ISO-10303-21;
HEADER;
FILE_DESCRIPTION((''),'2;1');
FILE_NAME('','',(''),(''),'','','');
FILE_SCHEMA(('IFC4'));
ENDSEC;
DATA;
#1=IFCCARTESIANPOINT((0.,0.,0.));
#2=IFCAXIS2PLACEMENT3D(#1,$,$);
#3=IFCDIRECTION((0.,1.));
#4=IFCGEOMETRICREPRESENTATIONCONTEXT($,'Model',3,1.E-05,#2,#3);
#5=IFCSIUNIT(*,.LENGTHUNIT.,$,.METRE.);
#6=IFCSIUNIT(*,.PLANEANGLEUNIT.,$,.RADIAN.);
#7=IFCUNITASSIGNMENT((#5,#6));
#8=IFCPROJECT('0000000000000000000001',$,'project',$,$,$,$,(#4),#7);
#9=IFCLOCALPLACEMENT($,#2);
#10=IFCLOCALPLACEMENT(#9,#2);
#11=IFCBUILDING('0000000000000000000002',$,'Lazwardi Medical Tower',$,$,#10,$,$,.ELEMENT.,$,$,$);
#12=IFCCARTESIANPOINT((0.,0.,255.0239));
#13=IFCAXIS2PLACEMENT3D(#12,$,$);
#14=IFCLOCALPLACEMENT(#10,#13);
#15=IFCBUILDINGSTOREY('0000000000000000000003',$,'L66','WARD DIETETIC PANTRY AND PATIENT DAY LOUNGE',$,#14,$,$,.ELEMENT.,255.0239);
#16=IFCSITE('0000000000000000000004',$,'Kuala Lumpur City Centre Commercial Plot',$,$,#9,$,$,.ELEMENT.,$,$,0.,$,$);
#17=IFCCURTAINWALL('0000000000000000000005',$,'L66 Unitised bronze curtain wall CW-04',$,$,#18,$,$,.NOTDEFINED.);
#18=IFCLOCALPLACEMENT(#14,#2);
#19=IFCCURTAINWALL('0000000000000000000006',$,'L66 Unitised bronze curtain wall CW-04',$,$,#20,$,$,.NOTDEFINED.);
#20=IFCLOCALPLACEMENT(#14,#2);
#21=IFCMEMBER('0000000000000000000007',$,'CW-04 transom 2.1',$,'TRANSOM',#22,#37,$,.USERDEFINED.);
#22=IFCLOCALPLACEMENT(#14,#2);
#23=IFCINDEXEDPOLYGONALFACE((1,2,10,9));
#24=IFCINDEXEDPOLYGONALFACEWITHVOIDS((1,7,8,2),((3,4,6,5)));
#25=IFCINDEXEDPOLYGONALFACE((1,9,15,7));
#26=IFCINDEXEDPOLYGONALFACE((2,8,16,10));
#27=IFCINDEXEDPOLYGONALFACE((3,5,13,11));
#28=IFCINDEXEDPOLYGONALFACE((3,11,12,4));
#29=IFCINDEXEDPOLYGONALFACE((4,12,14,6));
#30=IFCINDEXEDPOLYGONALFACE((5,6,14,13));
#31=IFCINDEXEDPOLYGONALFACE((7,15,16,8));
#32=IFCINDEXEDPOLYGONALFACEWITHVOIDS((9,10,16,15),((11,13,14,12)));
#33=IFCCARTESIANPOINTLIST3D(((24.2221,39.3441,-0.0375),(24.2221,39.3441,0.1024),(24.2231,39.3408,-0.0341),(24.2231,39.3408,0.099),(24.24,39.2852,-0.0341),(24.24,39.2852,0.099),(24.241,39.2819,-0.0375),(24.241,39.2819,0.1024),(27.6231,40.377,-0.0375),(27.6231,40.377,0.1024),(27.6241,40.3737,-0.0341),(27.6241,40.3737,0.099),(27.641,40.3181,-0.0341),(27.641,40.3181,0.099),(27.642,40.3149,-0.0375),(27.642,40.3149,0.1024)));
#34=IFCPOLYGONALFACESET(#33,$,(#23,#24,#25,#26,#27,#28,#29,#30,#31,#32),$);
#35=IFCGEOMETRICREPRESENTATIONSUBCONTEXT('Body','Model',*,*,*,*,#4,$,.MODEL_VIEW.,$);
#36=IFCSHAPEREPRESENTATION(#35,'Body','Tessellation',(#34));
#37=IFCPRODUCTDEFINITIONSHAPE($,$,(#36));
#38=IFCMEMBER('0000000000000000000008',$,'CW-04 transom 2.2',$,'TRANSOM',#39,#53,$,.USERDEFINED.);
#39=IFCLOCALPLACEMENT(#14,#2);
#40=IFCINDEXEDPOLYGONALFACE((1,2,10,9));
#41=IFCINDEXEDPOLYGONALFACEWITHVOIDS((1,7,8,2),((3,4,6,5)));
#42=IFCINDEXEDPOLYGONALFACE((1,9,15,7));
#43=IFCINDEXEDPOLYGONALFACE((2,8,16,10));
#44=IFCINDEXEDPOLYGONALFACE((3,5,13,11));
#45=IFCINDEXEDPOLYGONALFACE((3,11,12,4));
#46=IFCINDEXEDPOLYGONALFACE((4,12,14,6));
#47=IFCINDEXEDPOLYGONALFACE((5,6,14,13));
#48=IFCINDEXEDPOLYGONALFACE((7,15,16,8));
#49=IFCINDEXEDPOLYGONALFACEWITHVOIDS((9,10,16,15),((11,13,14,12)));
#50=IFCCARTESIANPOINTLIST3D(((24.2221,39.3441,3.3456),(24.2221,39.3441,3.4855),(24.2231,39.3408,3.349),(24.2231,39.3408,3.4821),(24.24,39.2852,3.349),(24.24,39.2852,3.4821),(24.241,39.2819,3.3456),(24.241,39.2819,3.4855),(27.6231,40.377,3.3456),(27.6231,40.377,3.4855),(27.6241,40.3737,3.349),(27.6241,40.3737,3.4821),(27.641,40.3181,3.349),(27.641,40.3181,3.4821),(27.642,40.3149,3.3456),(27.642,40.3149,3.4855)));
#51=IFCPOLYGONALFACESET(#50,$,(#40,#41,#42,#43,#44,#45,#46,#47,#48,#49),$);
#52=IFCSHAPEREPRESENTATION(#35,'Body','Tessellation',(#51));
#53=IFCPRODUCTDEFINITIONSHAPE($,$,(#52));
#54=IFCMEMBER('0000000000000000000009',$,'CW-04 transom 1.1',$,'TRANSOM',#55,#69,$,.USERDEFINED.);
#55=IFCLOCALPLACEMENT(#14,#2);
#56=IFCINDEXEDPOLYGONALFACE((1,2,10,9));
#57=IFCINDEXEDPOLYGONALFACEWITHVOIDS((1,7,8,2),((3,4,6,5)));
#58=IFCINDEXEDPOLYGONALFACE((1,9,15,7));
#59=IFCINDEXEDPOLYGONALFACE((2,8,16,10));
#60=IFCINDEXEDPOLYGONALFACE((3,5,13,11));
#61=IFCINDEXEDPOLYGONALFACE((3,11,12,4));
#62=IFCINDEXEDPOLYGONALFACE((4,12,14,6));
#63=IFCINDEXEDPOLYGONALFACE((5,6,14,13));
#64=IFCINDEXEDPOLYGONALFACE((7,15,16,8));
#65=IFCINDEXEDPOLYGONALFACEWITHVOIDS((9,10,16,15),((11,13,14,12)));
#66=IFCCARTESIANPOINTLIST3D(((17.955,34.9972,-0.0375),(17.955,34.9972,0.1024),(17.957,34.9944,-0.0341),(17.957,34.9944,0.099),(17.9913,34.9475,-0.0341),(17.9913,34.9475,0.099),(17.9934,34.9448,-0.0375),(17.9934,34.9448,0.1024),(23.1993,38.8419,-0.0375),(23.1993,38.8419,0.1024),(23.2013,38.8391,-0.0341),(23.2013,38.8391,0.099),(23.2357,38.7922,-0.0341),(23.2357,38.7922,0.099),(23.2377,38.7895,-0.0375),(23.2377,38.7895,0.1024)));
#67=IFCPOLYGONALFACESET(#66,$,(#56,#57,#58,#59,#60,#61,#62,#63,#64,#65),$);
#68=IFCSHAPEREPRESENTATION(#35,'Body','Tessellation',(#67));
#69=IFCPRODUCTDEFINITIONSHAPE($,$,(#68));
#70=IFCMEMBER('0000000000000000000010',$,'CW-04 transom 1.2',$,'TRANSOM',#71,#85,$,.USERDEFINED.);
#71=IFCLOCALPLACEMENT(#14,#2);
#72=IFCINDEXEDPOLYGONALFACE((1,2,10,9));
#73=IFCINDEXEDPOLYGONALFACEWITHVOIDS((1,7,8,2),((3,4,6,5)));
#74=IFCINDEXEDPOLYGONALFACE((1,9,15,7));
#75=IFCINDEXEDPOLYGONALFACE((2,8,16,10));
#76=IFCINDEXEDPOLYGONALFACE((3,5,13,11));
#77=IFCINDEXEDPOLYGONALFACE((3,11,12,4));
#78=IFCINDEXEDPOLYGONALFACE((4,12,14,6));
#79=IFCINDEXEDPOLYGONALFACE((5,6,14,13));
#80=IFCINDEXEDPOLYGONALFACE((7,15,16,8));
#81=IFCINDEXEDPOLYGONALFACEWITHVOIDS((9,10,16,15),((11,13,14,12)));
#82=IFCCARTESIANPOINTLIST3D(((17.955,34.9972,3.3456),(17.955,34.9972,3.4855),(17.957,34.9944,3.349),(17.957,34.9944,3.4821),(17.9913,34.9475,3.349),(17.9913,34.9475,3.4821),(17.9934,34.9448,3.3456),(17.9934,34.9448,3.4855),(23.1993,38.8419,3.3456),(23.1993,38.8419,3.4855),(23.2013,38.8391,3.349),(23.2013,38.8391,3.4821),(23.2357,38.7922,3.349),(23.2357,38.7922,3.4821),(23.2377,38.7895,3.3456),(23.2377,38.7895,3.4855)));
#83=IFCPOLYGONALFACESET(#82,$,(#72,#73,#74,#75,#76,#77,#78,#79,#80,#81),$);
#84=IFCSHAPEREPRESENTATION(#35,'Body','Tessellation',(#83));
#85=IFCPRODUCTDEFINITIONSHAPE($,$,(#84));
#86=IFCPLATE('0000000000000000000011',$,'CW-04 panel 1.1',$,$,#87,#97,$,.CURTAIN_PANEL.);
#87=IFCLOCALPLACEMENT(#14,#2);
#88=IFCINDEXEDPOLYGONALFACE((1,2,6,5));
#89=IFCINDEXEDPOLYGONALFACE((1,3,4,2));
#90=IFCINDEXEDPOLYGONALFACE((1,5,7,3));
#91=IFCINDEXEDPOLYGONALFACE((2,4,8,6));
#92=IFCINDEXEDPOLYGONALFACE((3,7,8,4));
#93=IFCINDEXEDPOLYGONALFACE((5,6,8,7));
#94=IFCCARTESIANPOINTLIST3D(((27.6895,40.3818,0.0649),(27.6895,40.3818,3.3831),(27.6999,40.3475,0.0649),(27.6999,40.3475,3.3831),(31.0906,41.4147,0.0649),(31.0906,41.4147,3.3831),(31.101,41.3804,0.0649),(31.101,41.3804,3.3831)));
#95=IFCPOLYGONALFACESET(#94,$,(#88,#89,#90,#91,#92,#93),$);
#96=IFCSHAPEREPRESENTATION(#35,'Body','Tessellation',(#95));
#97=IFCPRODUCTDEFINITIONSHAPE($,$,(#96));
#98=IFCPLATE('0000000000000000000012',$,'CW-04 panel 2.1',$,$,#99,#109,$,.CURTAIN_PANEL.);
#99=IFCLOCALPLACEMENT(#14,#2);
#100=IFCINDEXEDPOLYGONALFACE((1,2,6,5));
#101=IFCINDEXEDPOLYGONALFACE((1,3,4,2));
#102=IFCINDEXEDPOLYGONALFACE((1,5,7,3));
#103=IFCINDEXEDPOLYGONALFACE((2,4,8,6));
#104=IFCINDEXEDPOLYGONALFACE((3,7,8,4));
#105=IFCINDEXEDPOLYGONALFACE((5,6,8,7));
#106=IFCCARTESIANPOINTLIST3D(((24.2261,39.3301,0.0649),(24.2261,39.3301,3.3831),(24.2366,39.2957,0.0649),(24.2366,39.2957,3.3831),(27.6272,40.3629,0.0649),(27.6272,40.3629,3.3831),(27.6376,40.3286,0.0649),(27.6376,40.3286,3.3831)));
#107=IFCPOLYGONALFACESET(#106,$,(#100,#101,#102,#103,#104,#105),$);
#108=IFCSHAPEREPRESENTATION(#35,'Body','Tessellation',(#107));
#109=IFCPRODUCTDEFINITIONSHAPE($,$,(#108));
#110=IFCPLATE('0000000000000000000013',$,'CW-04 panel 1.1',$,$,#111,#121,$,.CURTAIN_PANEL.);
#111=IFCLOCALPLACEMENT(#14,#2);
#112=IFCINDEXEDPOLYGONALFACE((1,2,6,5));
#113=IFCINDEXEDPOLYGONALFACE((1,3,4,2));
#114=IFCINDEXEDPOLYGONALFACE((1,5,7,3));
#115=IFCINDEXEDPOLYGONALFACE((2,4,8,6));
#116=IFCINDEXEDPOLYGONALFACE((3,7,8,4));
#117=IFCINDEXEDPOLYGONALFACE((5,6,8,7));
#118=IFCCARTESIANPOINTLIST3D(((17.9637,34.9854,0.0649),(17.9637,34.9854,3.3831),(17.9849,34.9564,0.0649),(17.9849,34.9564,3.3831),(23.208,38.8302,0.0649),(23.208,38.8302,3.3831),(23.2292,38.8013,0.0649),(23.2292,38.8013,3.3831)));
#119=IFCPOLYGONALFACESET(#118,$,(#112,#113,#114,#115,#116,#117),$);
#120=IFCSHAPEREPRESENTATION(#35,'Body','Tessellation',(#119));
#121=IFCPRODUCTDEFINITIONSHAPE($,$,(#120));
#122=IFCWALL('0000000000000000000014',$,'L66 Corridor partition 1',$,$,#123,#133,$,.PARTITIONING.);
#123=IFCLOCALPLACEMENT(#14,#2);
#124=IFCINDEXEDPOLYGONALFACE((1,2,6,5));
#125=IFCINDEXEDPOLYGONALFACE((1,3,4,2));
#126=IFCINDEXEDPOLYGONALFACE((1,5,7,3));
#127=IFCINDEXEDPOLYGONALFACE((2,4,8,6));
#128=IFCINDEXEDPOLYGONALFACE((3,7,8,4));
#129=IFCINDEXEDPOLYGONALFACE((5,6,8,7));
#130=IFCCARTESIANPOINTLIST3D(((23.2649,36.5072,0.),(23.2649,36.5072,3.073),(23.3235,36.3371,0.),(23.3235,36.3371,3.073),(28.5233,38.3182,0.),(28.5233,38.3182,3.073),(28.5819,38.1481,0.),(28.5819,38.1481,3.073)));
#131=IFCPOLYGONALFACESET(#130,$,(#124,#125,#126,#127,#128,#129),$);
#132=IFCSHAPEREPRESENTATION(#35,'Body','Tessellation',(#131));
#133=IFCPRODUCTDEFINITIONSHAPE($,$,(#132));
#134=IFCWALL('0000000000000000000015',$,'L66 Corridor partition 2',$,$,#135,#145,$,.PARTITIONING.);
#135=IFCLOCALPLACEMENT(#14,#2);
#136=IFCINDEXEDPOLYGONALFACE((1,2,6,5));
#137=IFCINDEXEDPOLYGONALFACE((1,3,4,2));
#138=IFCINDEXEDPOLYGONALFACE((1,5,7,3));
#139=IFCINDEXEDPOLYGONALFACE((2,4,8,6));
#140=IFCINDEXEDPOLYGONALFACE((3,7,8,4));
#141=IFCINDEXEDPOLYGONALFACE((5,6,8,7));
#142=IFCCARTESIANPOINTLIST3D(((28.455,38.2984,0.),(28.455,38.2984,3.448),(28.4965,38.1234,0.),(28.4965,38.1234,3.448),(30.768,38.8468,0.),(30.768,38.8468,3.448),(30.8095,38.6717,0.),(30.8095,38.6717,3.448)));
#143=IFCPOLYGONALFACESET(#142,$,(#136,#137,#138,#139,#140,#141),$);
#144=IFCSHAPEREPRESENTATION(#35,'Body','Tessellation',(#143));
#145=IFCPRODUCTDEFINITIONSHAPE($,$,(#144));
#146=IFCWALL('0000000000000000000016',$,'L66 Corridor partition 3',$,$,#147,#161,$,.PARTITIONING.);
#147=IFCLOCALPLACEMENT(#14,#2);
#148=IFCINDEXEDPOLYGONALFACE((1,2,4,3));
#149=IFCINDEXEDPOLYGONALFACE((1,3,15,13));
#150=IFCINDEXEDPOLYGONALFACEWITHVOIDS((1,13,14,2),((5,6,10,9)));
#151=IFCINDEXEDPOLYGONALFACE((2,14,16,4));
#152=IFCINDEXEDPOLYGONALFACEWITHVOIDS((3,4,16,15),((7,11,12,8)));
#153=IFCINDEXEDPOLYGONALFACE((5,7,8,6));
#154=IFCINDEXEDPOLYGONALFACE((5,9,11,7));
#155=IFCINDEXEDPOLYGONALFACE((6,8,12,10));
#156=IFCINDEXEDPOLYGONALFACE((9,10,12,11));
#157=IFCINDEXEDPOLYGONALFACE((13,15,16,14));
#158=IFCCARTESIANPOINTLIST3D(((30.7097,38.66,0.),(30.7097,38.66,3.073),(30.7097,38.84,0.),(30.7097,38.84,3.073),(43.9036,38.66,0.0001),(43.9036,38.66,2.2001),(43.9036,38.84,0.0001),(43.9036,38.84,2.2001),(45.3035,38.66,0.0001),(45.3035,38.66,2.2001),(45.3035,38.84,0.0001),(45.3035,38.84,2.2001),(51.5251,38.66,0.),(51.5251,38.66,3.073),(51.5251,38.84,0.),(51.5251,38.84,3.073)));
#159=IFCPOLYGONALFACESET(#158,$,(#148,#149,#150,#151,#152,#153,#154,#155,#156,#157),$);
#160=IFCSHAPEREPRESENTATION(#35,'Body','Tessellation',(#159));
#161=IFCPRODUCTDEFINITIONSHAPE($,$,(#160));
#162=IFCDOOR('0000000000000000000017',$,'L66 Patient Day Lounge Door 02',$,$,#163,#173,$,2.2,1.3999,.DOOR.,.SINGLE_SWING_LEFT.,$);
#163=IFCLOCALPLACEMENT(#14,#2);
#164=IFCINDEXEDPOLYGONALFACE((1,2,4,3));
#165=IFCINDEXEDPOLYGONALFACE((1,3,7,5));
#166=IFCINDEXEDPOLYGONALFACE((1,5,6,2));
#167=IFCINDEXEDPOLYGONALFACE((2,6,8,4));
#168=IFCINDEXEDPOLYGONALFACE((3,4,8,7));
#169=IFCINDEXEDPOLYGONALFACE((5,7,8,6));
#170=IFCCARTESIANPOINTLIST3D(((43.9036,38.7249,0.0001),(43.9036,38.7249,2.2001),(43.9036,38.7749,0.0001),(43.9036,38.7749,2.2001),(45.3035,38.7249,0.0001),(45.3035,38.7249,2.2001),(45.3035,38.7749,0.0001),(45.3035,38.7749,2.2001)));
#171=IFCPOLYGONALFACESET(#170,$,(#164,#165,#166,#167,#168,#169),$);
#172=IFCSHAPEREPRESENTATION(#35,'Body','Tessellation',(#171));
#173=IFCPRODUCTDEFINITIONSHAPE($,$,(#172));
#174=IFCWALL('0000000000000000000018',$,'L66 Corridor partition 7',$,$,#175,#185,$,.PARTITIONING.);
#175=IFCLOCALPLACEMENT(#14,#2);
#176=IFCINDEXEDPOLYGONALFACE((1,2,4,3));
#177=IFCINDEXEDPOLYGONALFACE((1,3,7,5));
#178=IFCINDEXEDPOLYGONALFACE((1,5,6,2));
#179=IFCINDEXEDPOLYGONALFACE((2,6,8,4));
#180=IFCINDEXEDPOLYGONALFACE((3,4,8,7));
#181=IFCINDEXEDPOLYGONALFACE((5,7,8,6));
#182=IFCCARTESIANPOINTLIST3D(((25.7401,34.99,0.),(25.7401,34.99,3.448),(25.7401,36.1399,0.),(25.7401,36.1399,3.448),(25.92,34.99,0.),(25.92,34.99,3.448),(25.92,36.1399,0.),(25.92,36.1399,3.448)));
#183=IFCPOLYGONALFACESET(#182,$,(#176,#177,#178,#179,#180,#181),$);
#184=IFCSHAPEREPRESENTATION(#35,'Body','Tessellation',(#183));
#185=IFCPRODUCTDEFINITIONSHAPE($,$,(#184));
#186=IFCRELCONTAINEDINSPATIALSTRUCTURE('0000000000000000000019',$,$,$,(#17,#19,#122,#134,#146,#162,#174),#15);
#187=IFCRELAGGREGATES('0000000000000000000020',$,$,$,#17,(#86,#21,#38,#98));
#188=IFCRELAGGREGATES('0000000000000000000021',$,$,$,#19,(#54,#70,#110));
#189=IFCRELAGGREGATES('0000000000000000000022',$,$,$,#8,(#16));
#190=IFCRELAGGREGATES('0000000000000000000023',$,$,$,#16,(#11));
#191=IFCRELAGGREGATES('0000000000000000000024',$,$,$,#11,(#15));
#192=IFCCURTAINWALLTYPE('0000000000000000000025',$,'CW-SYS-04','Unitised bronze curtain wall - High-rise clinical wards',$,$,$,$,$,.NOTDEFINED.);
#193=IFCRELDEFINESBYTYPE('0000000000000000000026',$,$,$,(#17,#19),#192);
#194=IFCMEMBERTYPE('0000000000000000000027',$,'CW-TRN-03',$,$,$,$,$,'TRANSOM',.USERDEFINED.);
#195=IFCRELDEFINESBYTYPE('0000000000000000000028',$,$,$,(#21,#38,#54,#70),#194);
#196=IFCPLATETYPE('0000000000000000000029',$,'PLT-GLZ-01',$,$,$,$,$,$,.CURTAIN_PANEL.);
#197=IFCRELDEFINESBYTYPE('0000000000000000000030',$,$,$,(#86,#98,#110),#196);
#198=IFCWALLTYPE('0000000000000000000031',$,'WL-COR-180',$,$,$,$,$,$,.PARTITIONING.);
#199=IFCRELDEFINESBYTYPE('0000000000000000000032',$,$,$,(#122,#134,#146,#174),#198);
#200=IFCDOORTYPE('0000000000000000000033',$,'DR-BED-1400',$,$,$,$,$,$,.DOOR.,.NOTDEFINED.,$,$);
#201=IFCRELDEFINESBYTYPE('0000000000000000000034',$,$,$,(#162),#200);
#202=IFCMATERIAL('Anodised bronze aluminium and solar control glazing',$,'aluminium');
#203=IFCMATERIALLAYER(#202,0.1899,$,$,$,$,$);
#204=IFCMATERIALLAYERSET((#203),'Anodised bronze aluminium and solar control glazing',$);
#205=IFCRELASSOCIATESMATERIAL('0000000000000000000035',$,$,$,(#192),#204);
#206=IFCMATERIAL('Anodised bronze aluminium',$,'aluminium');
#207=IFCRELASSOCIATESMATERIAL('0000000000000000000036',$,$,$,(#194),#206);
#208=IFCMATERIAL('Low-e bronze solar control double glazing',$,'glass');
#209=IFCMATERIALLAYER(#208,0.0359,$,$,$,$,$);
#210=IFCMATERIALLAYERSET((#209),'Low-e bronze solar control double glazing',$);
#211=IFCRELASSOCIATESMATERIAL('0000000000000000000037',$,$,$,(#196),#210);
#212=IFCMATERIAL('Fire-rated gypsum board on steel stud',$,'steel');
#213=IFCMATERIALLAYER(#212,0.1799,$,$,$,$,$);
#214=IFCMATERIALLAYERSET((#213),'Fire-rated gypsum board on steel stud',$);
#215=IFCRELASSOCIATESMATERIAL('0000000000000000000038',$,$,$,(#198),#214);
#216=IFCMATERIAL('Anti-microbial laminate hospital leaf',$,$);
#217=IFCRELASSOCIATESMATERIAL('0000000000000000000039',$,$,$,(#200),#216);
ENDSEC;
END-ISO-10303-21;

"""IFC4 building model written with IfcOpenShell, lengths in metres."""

from ifc_helpers import new_model, si_unit, direction, frame, frame_2d, origin, origin_2d, place, context, subcontext, project, spatial, rectangle, hollow_rectangle, extrude, material, layer, layer_set, material_profile, profile_set, type_object, element, fill, aggregate, save


model = new_model("IFC4")

# Units and contexts
model_context = context("Model", 3, precision=1e-05, world=origin(), true_north=direction((0.0, 1.0)))
body_context = subcontext(model_context, "Body", "Model", "MODEL_VIEW")
ifc_project = project(units=[si_unit("LENGTHUNIT", "METRE"), si_unit("PLANEANGLEUNIT", "RADIAN")], contexts=[model_context])

# Site, building, storey
site_placement = place(None, origin())
site = spatial("IfcSite", under=ifc_project, at=site_placement, Name="Kuala Lumpur City Centre Commercial Plot", CompositionType="ELEMENT", RefElevation=0.0)
building_placement = place(site_placement, origin())
building = spatial("IfcBuilding", under=site, at=building_placement, Name="Lazwardi Medical Tower", CompositionType="ELEMENT")
storey_placement = place(building_placement, frame((0.0, 0.0, 255.0239)))
storey = spatial("IfcBuildingStorey", under=building, at=storey_placement, Name="L66", Description="WARD DIETETIC PANTRY AND PATIENT DAY LOUNGE", CompositionType="ELEMENT", Elevation=255.0239)

# Curtain wall
ifc_material_1 = material(Name="Anodised bronze aluminium and solar control glazing", Category="aluminium")
ifc_layer_1 = layer(ifc_material_1, 0.1899)
ifc_layer_set_1 = layer_set([ifc_layer_1], Name="Anodised bronze aluminium and solar control glazing")
curtain_wall_type = type_object("IfcCurtainWallType", Name="CW-SYS-04", Description="Unitised bronze curtain wall - High-rise clinical wards", PredefinedType="NOTDEFINED", material=ifc_layer_set_1)
curtain_wall_1_placement = place(storey_placement, origin())
curtain_wall_1 = element("IfcCurtainWall", 1, at=curtain_wall_1_placement, inside=storey, type_object=curtain_wall_type, Name="L66 Unitised bronze curtain wall CW-04", PredefinedType="NOTDEFINED")
ifc_material_2 = material(Name="Anodised bronze aluminium", Category="aluminium")

# Curtain wall
curtain_wall_2_placement = place(storey_placement, origin())
curtain_wall_2 = element("IfcCurtainWall", 2, at=curtain_wall_2_placement, inside=storey, type_object=curtain_wall_type, Name="L66 Unitised bronze curtain wall CW-04", PredefinedType="NOTDEFINED")

# Members
ifc_material_profile_1 = material_profile(ifc_material_2, hollow_rectangle(XDim=0.0649, YDim=0.1399, WallThickness=0.0034, at=origin_2d()), Name="ALU-TRANSOM 140x65x3.5")
ifc_profile_set_1 = profile_set([ifc_material_profile_1], Name="Anodised bronze aluminium")
member_type_1 = type_object("IfcMemberType", Name="CW-TRN-03", ElementType="TRANSOM", PredefinedType="USERDEFINED", material=ifc_profile_set_1)
member_1_placement = place(storey_placement, frame((27.6326, 40.3459, 0.0325), z_axis=(-0.956843, -0.290604, 0.0), x_axis=(0.290604, -0.956843, 0.0)))
member_1 = element("IfcMember", 3, at=member_1_placement, type_object=member_type_1, Name="CW-04 transom 2.1", ObjectType="TRANSOM", PredefinedType="USERDEFINED", context=body_context, shape_type="SweptSolid", body=[
    extrude(hollow_rectangle(XDim=0.0649, YDim=0.1399, WallThickness=0.0034, at=origin_2d()), origin(), (0.0, 0.0, 1.0), 3.5544),
])
member_2_placement = place(storey_placement, frame((27.6326, 40.3459, 3.4155), z_axis=(-0.956843, -0.290604, 0.0), x_axis=(0.290604, -0.956843, 0.0)))
member_2 = element("IfcMember", 4, at=member_2_placement, type_object=member_type_1, Name="CW-04 transom 2.2", ObjectType="TRANSOM", PredefinedType="USERDEFINED", context=body_context, shape_type="SweptSolid", body=[
    extrude(hollow_rectangle(XDim=0.0649, YDim=0.1399, WallThickness=0.0034, at=origin_2d()), origin(), (0.0, 0.0, 1.0), 3.5544),
])
member_3_placement = place(storey_placement, frame((23.2185, 38.8157, 0.0325), z_axis=(-0.80649, -0.591248, 0.0), x_axis=(0.591248, -0.80649, 0.0)))
member_3 = element("IfcMember", 5, at=member_3_placement, type_object=member_type_1, Name="CW-04 transom 1.1", ObjectType="TRANSOM", PredefinedType="USERDEFINED", context=body_context, shape_type="SweptSolid", body=[
    extrude(hollow_rectangle(XDim=0.0649, YDim=0.1399, WallThickness=0.0034, at=origin_2d()), origin(), (0.0, 0.0, 1.0), 6.5027),
])
member_4_placement = place(storey_placement, frame((23.2185, 38.8157, 3.4155), z_axis=(-0.80649, -0.591248, 0.0), x_axis=(0.591248, -0.80649, 0.0)))
member_4 = element("IfcMember", 6, at=member_4_placement, type_object=member_type_1, Name="CW-04 transom 1.2", ObjectType="TRANSOM", PredefinedType="USERDEFINED", context=body_context, shape_type="SweptSolid", body=[
    extrude(hollow_rectangle(XDim=0.0649, YDim=0.1399, WallThickness=0.0034, at=origin_2d()), origin(), (0.0, 0.0, 1.0), 6.5027),
])

# Plates
ifc_material_3 = material(Name="Low-e bronze solar control double glazing", Category="glass")
ifc_layer_2 = layer(ifc_material_3, 0.0359)
ifc_layer_set_2 = layer_set([ifc_layer_2], Name="Low-e bronze solar control double glazing")
plate_type = type_object("IfcPlateType", Name="PLT-GLZ-01", PredefinedType="CURTAIN_PANEL", material=ifc_layer_set_2)
plate_1_placement = place(storey_placement, frame((29.3953, 40.8811, 0.0649), z_axis=(0.0, 0.0, 1.0), x_axis=(-0.95685, -0.290582, 0.0)))
plate_1 = element("IfcPlate", 7, at=plate_1_placement, type_object=plate_type, Name="CW-04 panel 1.1", PredefinedType="CURTAIN_PANEL", context=body_context, shape_type="SweptSolid", body=[
    extrude(rectangle(XDim=3.5544, YDim=0.0359, at=origin_2d()), origin(), (0.0, 0.0, 1.0), 3.3181),
])
plate_2_placement = place(storey_placement, frame((25.9319, 39.8293, 0.0649), z_axis=(0.0, 0.0, 1.0), x_axis=(-0.95685, -0.290582, 0.0)))
plate_2 = element("IfcPlate", 8, at=plate_2_placement, type_object=plate_type, Name="CW-04 panel 2.1", PredefinedType="CURTAIN_PANEL", context=body_context, shape_type="SweptSolid", body=[
    extrude(rectangle(XDim=3.5544, YDim=0.0359, at=origin_2d()), origin(), (0.0, 0.0, 1.0), 3.3181),
])
aggregate(curtain_wall_1, [plate_1, member_1, member_2, plate_2])
plate_3_placement = place(storey_placement, frame((20.5964, 36.8933, 0.0649), z_axis=(0.0, 0.0, 1.0), x_axis=(-0.806475, -0.591268, 0.0)))
plate_3 = element("IfcPlate", 9, at=plate_3_placement, type_object=plate_type, Name="CW-04 panel 1.1", PredefinedType="CURTAIN_PANEL", context=body_context, shape_type="SweptSolid", body=[
    extrude(rectangle(XDim=6.5027, YDim=0.0359, at=origin_2d()), origin(), (0.0, 0.0, 1.0), 3.3181),
])
aggregate(curtain_wall_2, [member_3, member_4, plate_3])

# Walls
ifc_material_4 = material(Name="Fire-rated gypsum board on steel stud", Category="steel")
ifc_layer_3 = layer(ifc_material_4, 0.1799)
ifc_layer_set_3 = layer_set([ifc_layer_3], Name="Fire-rated gypsum board on steel stud")
wall_type_1 = type_object("IfcWallType", Name="WL-COR-180", PredefinedType="PARTITIONING", material=ifc_layer_set_3)
wall_1_placement = place(storey_placement, frame((23.2942, 36.4221, 0.0), z_axis=(0.0, 0.0, 1.0), x_axis=(0.945493, 0.325642, 0.0)))
element("IfcWall", 10, at=wall_1_placement, inside=storey, type_object=wall_type_1, Name="L66 Corridor partition 1", PredefinedType="PARTITIONING", context=body_context, shape_type="SweptSolid", body=[
    extrude(rectangle(XDim=5.5615, YDim=0.1799, at=frame_2d((2.7808, 0.0))), origin(), (0.0, 0.0, 1.0), 3.073),
])
wall_2_placement = place(storey_placement, frame((28.4758, 38.2109, 0.0), z_axis=(0.0, 0.0, 1.0), x_axis=(0.973031, 0.230676, 0.0)))
element("IfcWall", 11, at=wall_2_placement, inside=storey, type_object=wall_type_1, Name="L66 Corridor partition 2", PredefinedType="PARTITIONING", context=body_context, shape_type="SweptSolid", body=[
    extrude(rectangle(XDim=2.3772, YDim=0.1799, at=frame_2d((1.1885, 0.0))), origin(), (0.0, 0.0, 1.0), 3.448),
])

# Wall, opening, door
wall_3_placement = place(storey_placement, frame((30.7097, 38.75, 0.0), z_axis=(0.0, 0.0, 1.0), x_axis=(1.0, 0.0, 0.0)))
wall_3 = element("IfcWall", 12, at=wall_3_placement, inside=storey, type_object=wall_type_1, Name="L66 Corridor partition 3", PredefinedType="PARTITIONING", context=body_context, shape_type="SweptSolid", body=[
    extrude(rectangle(XDim=20.8154, YDim=0.1799, at=frame_2d((10.4077, 0.0))), origin(), (0.0, 0.0, 1.0), 3.073),
])
opening_placement = place(wall_3_placement, frame((13.1938, 0.0, 0.0)))
opening = element("IfcOpeningElement", 13, at=opening_placement, cuts=wall_3, PredefinedType="OPENING", context=body_context, shape_type="SweptSolid", body=[
    extrude(rectangle(XDim=1.3999, YDim=2.2, at=frame_2d((0.7, 1.1001))), frame((0.0, 0.0999, 0.0), z_axis=(0.0, -1.0, 0.0), x_axis=(1.0, 0.0, 0.0)), (0.0, 0.0, 1.0), 0.2),
])
ifc_material_5 = material(Name="Anti-microbial laminate hospital leaf")
door_type = type_object("IfcDoorType", Name="DR-BED-1400", OperationType="NOTDEFINED", PredefinedType="DOOR", material=ifc_material_5)
door_placement = place(opening_placement, origin())
door = element("IfcDoor", 14, at=door_placement, inside=storey, type_object=door_type, Name="L66 Patient Day Lounge Door 02", OperationType="SINGLE_SWING_LEFT", OverallHeight=2.2, OverallWidth=1.3999, PredefinedType="DOOR", context=body_context, shape_type="SweptSolid", body=[
    extrude(rectangle(XDim=1.3999, YDim=2.2, at=frame_2d((0.7, 1.1001))), frame((0.0, 0.0249, 0.0), z_axis=(0.0, -1.0, 0.0), x_axis=(1.0, 0.0, 0.0)), (0.0, 0.0, 1.0), 0.05),
])
fill(opening, door)

# Wall
wall_4_placement = place(storey_placement, frame((25.8301, 36.1399, 0.0), z_axis=(0.0, 0.0, 1.0), x_axis=(0.0, -1.0, 0.0)))
element("IfcWall", 15, at=wall_4_placement, inside=storey, type_object=wall_type_1, Name="L66 Corridor partition 7", PredefinedType="PARTITIONING", context=body_context, shape_type="SweptSolid", body=[
    extrude(rectangle(XDim=1.1499, YDim=0.1799, at=frame_2d((0.575, 0.0))), origin(), (0.0, 0.0, 1.0), 3.448),
])

save(model, "model.ifc")
